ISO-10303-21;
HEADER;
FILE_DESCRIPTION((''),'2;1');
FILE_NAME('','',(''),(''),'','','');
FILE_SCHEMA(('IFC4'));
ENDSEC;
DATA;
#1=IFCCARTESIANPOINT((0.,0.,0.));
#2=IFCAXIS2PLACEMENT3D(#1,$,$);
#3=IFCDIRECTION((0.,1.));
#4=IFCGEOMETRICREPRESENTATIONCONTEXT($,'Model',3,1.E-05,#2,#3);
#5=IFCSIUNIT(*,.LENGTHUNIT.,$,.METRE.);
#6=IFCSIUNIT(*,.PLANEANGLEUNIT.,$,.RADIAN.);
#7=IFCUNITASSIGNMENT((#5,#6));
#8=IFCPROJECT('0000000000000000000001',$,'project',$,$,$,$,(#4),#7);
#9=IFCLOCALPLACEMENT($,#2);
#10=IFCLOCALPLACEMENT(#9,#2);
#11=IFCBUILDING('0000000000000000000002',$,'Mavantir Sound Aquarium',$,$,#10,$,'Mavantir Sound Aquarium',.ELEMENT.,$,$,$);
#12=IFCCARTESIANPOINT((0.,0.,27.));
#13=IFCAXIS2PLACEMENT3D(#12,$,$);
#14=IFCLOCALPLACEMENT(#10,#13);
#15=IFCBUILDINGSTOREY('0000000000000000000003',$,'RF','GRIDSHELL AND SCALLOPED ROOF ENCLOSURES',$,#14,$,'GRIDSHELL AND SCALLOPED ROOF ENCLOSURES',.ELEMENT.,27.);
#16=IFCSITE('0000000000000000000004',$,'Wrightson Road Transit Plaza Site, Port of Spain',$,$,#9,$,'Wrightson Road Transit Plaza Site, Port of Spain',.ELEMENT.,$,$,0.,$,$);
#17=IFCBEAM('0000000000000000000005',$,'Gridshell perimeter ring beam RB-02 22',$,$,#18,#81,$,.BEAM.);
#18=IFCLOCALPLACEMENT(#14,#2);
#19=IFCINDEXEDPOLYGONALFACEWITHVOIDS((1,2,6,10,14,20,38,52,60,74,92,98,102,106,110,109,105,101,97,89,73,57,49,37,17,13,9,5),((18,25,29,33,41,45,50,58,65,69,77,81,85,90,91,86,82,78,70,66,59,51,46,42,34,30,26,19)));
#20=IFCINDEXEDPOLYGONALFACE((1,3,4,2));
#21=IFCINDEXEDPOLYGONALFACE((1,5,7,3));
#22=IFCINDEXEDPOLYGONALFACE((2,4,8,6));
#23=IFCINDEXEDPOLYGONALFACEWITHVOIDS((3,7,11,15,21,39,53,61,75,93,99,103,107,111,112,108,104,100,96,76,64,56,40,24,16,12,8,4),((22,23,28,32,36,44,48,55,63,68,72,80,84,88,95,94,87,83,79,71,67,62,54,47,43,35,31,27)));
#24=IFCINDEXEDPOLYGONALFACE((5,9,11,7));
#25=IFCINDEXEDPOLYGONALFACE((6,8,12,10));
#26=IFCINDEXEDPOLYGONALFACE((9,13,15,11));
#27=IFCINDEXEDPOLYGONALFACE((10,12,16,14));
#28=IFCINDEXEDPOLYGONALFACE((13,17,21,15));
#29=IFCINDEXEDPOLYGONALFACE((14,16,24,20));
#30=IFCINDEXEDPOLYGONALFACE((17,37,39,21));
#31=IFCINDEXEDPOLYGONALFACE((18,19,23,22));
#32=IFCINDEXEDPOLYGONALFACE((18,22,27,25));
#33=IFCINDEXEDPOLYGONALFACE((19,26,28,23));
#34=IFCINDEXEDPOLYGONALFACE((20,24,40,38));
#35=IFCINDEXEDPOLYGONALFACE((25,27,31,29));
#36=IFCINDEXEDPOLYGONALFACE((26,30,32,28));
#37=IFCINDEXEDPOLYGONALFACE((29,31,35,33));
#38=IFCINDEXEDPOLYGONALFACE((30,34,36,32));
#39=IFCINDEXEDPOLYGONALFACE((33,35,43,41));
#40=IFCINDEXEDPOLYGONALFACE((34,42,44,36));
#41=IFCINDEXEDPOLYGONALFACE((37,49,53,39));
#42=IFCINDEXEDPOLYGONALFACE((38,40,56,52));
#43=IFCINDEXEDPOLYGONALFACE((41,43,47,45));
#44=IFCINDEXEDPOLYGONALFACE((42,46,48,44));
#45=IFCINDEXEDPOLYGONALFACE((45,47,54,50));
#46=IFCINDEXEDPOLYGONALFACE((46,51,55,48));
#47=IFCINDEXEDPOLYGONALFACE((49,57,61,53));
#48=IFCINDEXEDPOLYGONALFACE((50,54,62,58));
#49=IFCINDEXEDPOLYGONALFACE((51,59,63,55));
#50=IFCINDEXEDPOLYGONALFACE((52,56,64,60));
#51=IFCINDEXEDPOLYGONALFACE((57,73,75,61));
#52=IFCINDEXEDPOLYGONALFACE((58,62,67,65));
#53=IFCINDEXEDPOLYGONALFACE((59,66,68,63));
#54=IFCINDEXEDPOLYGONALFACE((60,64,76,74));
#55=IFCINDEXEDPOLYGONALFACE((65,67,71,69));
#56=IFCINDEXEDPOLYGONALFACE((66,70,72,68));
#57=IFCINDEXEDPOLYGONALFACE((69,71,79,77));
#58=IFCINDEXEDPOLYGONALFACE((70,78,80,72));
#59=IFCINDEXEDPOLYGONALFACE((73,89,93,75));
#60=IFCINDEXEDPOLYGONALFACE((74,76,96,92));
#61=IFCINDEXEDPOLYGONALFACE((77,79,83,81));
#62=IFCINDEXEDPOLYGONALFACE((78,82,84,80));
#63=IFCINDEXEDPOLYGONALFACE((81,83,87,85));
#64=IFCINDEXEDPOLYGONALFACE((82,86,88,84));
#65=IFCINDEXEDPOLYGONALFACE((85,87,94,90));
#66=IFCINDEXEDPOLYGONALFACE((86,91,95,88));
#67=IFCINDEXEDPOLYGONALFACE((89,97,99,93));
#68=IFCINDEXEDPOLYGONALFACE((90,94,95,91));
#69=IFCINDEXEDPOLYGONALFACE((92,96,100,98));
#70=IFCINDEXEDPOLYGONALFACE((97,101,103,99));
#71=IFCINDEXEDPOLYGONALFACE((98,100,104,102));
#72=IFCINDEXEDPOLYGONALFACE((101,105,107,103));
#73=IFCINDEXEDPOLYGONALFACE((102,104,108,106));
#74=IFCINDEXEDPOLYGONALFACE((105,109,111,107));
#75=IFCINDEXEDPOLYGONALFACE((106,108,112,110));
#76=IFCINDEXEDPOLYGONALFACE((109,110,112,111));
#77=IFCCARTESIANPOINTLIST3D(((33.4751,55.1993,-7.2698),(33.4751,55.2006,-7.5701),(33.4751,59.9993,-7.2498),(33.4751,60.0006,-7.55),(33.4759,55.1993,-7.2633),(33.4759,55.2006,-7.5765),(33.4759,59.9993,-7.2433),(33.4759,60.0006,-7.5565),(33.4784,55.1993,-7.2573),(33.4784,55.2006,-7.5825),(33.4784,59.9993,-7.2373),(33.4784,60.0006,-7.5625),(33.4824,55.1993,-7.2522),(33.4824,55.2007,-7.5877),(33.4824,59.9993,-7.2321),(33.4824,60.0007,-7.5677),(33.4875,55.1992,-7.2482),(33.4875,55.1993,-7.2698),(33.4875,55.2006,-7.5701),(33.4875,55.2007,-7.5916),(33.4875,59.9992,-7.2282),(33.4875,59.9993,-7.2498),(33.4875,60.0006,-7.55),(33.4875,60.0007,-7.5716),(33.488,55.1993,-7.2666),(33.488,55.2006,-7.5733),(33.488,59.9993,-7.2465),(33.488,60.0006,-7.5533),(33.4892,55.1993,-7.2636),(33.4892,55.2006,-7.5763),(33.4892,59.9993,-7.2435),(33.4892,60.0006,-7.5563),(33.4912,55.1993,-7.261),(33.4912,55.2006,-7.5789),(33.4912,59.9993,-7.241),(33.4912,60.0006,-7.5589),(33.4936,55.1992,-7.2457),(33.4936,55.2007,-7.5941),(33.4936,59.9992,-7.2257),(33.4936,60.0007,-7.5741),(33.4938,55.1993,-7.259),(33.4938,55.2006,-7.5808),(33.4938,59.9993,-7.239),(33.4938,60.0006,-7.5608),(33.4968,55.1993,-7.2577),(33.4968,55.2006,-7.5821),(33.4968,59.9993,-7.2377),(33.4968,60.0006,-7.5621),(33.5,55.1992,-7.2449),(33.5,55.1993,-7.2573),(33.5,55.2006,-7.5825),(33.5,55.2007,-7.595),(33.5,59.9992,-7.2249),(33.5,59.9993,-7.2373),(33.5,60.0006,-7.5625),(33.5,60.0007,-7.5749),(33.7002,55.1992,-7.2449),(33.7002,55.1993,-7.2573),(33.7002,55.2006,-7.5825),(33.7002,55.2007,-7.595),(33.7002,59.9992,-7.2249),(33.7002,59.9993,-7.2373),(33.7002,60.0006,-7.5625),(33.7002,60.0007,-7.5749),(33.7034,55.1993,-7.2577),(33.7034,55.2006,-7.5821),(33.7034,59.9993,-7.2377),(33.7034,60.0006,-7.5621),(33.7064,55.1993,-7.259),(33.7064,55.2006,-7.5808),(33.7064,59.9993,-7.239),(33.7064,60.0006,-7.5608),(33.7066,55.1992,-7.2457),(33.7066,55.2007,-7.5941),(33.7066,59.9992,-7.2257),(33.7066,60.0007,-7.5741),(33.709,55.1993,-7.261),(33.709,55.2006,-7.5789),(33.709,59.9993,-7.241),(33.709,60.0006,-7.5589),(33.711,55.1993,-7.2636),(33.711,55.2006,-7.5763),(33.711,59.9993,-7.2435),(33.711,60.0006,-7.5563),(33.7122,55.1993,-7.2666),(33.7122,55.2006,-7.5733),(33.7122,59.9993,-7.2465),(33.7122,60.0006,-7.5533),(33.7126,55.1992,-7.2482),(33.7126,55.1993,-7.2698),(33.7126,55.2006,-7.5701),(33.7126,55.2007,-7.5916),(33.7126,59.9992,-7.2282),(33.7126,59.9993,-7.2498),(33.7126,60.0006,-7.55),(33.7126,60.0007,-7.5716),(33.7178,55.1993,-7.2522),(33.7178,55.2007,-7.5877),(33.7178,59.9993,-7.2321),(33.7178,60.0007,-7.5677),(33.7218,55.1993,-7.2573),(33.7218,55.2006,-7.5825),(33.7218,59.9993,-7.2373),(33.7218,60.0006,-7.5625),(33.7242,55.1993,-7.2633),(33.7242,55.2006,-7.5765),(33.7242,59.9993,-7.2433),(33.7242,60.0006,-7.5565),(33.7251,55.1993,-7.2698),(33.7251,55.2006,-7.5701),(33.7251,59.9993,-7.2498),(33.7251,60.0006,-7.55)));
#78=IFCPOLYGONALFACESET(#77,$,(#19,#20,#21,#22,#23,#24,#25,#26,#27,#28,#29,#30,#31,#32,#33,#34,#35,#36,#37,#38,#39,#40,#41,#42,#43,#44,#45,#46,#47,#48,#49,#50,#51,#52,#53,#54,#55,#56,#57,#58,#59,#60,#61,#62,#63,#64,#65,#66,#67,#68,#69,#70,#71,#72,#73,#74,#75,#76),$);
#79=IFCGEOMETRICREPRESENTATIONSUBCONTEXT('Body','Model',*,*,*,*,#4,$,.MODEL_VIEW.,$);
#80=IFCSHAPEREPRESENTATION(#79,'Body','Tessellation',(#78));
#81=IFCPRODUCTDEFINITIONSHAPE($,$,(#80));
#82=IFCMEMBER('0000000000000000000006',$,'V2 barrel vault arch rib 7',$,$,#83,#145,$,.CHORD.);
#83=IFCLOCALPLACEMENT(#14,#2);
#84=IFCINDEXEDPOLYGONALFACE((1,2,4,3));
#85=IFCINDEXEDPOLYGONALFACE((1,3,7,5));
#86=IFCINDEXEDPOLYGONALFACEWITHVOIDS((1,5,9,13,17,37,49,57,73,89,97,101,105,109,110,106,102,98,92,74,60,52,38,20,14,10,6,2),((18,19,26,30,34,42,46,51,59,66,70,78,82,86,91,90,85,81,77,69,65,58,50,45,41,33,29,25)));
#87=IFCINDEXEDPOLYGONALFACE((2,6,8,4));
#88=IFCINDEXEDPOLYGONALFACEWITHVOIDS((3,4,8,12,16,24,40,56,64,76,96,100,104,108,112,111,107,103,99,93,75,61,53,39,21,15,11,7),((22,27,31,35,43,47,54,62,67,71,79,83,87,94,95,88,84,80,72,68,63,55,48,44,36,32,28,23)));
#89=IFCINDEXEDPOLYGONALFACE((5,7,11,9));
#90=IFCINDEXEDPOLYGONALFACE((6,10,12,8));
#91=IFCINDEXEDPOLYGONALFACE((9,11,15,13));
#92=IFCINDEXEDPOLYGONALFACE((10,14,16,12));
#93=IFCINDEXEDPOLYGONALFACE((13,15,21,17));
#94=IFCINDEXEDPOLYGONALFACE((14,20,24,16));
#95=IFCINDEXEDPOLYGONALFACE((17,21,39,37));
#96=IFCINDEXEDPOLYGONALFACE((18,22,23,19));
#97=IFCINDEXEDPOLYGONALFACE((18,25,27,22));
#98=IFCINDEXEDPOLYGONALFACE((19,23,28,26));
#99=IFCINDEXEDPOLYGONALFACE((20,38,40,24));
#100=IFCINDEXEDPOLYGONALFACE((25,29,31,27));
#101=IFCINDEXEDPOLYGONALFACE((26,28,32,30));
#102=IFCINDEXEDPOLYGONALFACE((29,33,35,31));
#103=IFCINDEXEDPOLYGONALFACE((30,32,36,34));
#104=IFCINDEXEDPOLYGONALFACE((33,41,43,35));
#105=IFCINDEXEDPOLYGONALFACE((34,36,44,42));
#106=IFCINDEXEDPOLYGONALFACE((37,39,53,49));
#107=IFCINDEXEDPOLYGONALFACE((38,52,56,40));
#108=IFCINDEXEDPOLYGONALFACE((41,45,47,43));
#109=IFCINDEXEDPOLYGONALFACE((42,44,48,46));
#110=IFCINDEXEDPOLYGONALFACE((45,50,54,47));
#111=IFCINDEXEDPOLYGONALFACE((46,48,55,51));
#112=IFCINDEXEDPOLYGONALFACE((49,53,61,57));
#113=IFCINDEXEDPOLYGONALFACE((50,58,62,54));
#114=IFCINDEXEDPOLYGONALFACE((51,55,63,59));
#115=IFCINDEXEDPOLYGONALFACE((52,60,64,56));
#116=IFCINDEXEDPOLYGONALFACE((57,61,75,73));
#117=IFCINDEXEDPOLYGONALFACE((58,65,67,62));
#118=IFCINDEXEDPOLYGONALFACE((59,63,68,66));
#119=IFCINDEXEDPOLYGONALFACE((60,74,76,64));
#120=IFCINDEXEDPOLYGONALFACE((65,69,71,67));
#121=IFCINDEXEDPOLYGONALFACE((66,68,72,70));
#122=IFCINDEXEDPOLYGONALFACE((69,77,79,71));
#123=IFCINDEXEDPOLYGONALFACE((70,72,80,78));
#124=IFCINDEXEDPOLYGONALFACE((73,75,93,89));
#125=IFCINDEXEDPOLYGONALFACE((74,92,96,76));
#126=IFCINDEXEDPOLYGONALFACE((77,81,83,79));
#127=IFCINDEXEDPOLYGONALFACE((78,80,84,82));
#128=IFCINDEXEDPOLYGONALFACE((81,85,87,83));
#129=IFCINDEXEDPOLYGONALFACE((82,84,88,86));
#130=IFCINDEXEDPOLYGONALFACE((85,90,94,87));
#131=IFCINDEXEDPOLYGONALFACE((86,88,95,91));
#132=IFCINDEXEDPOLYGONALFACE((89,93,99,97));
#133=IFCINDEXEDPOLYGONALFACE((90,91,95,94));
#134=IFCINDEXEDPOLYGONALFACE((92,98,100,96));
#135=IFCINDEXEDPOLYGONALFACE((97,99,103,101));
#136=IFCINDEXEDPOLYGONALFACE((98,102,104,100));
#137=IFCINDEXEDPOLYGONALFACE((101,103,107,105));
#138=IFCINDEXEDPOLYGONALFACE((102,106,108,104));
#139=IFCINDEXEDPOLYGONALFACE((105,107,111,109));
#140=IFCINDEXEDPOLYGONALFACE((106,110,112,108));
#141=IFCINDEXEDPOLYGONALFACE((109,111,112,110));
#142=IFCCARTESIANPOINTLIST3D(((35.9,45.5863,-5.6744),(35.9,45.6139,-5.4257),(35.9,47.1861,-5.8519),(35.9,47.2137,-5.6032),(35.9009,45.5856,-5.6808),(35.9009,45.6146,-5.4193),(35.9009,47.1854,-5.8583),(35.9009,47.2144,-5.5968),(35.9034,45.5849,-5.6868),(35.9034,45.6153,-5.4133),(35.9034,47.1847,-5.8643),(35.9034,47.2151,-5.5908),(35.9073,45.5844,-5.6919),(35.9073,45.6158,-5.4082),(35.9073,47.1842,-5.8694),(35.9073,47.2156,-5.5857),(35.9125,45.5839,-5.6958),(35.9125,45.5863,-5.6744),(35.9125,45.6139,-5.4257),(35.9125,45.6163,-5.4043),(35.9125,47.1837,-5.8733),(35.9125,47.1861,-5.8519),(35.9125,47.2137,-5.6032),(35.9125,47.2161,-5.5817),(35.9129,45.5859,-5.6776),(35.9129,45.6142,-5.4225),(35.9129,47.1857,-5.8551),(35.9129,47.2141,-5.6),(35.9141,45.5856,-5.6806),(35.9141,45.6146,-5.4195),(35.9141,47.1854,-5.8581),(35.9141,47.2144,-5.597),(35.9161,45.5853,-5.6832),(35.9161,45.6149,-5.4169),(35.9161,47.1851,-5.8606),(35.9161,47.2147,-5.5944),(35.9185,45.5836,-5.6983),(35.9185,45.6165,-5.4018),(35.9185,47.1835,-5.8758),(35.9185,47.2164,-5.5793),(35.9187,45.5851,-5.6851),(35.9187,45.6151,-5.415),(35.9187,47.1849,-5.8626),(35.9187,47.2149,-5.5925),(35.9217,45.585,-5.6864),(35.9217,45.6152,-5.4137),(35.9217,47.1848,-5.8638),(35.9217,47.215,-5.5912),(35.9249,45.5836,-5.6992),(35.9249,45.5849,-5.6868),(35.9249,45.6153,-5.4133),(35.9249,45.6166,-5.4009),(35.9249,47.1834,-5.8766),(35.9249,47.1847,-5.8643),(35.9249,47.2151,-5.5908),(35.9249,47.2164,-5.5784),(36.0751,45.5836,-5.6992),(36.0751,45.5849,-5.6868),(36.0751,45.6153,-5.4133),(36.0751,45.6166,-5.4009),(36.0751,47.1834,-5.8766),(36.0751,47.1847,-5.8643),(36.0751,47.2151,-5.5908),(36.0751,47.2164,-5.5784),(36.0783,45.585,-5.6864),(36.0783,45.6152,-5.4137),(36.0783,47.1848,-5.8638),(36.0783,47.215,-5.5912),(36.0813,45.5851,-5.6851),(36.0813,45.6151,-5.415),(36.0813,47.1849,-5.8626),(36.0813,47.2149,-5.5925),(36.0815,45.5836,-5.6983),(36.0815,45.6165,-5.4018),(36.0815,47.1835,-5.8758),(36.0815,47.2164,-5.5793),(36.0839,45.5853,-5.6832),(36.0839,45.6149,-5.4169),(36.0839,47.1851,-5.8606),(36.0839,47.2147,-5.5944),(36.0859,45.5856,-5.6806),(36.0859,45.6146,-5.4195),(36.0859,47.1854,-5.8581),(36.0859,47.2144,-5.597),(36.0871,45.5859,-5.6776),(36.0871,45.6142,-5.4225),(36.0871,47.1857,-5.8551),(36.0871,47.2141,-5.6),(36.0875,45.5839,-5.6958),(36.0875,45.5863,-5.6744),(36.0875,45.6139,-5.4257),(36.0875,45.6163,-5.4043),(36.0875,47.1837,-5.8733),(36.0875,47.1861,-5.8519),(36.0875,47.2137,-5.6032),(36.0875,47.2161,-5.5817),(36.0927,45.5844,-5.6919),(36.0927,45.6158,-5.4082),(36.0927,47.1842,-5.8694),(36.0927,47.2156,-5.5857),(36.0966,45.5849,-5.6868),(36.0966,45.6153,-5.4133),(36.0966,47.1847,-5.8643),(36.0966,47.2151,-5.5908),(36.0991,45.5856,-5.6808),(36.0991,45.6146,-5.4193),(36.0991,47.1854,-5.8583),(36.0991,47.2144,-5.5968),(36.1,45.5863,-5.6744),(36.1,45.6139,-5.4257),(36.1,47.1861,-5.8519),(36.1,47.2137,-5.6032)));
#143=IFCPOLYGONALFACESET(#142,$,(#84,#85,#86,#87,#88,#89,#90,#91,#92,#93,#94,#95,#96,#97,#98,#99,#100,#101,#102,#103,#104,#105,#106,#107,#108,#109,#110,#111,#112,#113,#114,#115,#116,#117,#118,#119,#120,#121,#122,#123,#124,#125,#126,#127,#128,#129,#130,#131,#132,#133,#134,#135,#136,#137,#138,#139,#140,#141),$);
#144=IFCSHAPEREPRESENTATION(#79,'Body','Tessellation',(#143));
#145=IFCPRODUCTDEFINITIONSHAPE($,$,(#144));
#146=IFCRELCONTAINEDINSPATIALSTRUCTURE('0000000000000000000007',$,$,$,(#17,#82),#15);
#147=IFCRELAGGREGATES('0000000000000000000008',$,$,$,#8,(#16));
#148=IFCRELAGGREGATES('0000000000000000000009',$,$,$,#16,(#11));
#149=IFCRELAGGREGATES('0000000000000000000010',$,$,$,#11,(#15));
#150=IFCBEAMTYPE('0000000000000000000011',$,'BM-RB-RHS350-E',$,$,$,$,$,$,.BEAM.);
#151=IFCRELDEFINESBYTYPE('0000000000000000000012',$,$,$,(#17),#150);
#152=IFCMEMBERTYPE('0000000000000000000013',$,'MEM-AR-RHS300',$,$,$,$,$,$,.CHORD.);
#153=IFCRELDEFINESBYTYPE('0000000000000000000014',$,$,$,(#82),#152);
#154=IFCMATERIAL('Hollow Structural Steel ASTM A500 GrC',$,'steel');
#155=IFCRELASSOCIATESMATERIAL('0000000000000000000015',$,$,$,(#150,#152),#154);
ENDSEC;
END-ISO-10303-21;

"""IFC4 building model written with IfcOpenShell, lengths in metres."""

from ifc_helpers import new_model, si_unit, direction, frame, origin, origin_2d, place, context, subcontext, project, spatial, hollow_rectangle, extrude, material, material_profile, profile_set, type_object, element, save


model = new_model("IFC4")

# Units and contexts
model_context = context("Model", 3, precision=1e-05, world=origin(), true_north=direction((0.0, 1.0)))
body_context = subcontext(model_context, "Body", "Model", "MODEL_VIEW")
ifc_project = project(units=[si_unit("LENGTHUNIT", "METRE"), si_unit("PLANEANGLEUNIT", "RADIAN")], contexts=[model_context])

# Site, building, storey
site_placement = place(None, origin())
site = spatial("IfcSite", under=ifc_project, at=site_placement, Name="Wrightson Road Transit Plaza Site, Port of Spain", LongName="Wrightson Road Transit Plaza Site, Port of Spain", CompositionType="ELEMENT", RefElevation=0.0)
building_placement = place(site_placement, origin())
building = spatial("IfcBuilding", under=site, at=building_placement, Name="Mavantir Sound Aquarium", LongName="Mavantir Sound Aquarium", CompositionType="ELEMENT")
storey_placement = place(building_placement, frame((0.0, 0.0, 27.0)))
storey = spatial("IfcBuildingStorey", under=building, at=storey_placement, Name="RF", Description="GRIDSHELL AND SCALLOPED ROOF ENCLOSURES", LongName="GRIDSHELL AND SCALLOPED ROOF ENCLOSURES", CompositionType="ELEMENT", Elevation=27.0)

# Beam
ifc_material_1 = material(Name="Hollow Structural Steel ASTM A500 GrC", Category="steel")
ifc_material_profile_1 = material_profile(ifc_material_1, hollow_rectangle(XDim=0.25, YDim=0.3501, WallThickness=0.0125, InnerFilletRadius=0.0125, OuterFilletRadius=0.0249, at=origin_2d()), Name="RHS 350X250X12.5")
ifc_profile_set_1 = profile_set([ifc_material_profile_1], Name="Hollow Structural Steel ASTM A500 GrC")
beam_type = type_object("IfcBeamType", Name="BM-RB-RHS350-E", PredefinedType="BEAM", material=ifc_profile_set_1)
for number, where, z_axis, x_axis, name in (
    (1, (33.6001, 55.2, -7.4199), (0.0, 0.999991, 0.004171), (-1.0, 0.0, 0.0), "Gridshell perimeter ring beam RB-02 22"),
):
    element("IfcBeam", number, at=place(storey_placement, frame(where, z_axis=z_axis, x_axis=x_axis)), inside=storey, type_object=beam_type, Name=name, PredefinedType="BEAM", context=body_context, shape_type="SweptSolid", body=[
        extrude(hollow_rectangle(XDim=0.25, YDim=0.3501, WallThickness=0.0125, InnerFilletRadius=0.0125, OuterFilletRadius=0.0249, at=origin_2d()), origin(), (0.0, 0.0, 1.0), 4.8),
    ])

# Member
ifc_material_profile_2 = material_profile(ifc_material_1, hollow_rectangle(XDim=0.2, YDim=0.3, WallThickness=0.0125, InnerFilletRadius=0.0125, OuterFilletRadius=0.0249, at=origin_2d()), Name="RHS 300X200X12.5")
ifc_profile_set_2 = profile_set([ifc_material_profile_2], Name="Hollow Structural Steel ASTM A500 GrC")
member_type_1 = type_object("IfcMemberType", Name="MEM-AR-RHS300", PredefinedType="CHORD", material=ifc_profile_set_2)
member_1_placement = place(storey_placement, frame((36.0, 45.6001, -5.55), z_axis=(0.0, 0.993902, -0.110265), x_axis=(-1.0, 0.0, 0.0)))
element("IfcMember", 2, at=member_1_placement, inside=storey, type_object=member_type_1, Name="V2 barrel vault arch rib 7", PredefinedType="CHORD", context=body_context, shape_type="SweptSolid", body=[
    extrude(hollow_rectangle(XDim=0.2, YDim=0.3, WallThickness=0.0125, InnerFilletRadius=0.0125, OuterFilletRadius=0.0249, at=origin_2d()), origin(), (0.0, 0.0, 1.0), 1.6096),
])

save(model, "model.ifc")
